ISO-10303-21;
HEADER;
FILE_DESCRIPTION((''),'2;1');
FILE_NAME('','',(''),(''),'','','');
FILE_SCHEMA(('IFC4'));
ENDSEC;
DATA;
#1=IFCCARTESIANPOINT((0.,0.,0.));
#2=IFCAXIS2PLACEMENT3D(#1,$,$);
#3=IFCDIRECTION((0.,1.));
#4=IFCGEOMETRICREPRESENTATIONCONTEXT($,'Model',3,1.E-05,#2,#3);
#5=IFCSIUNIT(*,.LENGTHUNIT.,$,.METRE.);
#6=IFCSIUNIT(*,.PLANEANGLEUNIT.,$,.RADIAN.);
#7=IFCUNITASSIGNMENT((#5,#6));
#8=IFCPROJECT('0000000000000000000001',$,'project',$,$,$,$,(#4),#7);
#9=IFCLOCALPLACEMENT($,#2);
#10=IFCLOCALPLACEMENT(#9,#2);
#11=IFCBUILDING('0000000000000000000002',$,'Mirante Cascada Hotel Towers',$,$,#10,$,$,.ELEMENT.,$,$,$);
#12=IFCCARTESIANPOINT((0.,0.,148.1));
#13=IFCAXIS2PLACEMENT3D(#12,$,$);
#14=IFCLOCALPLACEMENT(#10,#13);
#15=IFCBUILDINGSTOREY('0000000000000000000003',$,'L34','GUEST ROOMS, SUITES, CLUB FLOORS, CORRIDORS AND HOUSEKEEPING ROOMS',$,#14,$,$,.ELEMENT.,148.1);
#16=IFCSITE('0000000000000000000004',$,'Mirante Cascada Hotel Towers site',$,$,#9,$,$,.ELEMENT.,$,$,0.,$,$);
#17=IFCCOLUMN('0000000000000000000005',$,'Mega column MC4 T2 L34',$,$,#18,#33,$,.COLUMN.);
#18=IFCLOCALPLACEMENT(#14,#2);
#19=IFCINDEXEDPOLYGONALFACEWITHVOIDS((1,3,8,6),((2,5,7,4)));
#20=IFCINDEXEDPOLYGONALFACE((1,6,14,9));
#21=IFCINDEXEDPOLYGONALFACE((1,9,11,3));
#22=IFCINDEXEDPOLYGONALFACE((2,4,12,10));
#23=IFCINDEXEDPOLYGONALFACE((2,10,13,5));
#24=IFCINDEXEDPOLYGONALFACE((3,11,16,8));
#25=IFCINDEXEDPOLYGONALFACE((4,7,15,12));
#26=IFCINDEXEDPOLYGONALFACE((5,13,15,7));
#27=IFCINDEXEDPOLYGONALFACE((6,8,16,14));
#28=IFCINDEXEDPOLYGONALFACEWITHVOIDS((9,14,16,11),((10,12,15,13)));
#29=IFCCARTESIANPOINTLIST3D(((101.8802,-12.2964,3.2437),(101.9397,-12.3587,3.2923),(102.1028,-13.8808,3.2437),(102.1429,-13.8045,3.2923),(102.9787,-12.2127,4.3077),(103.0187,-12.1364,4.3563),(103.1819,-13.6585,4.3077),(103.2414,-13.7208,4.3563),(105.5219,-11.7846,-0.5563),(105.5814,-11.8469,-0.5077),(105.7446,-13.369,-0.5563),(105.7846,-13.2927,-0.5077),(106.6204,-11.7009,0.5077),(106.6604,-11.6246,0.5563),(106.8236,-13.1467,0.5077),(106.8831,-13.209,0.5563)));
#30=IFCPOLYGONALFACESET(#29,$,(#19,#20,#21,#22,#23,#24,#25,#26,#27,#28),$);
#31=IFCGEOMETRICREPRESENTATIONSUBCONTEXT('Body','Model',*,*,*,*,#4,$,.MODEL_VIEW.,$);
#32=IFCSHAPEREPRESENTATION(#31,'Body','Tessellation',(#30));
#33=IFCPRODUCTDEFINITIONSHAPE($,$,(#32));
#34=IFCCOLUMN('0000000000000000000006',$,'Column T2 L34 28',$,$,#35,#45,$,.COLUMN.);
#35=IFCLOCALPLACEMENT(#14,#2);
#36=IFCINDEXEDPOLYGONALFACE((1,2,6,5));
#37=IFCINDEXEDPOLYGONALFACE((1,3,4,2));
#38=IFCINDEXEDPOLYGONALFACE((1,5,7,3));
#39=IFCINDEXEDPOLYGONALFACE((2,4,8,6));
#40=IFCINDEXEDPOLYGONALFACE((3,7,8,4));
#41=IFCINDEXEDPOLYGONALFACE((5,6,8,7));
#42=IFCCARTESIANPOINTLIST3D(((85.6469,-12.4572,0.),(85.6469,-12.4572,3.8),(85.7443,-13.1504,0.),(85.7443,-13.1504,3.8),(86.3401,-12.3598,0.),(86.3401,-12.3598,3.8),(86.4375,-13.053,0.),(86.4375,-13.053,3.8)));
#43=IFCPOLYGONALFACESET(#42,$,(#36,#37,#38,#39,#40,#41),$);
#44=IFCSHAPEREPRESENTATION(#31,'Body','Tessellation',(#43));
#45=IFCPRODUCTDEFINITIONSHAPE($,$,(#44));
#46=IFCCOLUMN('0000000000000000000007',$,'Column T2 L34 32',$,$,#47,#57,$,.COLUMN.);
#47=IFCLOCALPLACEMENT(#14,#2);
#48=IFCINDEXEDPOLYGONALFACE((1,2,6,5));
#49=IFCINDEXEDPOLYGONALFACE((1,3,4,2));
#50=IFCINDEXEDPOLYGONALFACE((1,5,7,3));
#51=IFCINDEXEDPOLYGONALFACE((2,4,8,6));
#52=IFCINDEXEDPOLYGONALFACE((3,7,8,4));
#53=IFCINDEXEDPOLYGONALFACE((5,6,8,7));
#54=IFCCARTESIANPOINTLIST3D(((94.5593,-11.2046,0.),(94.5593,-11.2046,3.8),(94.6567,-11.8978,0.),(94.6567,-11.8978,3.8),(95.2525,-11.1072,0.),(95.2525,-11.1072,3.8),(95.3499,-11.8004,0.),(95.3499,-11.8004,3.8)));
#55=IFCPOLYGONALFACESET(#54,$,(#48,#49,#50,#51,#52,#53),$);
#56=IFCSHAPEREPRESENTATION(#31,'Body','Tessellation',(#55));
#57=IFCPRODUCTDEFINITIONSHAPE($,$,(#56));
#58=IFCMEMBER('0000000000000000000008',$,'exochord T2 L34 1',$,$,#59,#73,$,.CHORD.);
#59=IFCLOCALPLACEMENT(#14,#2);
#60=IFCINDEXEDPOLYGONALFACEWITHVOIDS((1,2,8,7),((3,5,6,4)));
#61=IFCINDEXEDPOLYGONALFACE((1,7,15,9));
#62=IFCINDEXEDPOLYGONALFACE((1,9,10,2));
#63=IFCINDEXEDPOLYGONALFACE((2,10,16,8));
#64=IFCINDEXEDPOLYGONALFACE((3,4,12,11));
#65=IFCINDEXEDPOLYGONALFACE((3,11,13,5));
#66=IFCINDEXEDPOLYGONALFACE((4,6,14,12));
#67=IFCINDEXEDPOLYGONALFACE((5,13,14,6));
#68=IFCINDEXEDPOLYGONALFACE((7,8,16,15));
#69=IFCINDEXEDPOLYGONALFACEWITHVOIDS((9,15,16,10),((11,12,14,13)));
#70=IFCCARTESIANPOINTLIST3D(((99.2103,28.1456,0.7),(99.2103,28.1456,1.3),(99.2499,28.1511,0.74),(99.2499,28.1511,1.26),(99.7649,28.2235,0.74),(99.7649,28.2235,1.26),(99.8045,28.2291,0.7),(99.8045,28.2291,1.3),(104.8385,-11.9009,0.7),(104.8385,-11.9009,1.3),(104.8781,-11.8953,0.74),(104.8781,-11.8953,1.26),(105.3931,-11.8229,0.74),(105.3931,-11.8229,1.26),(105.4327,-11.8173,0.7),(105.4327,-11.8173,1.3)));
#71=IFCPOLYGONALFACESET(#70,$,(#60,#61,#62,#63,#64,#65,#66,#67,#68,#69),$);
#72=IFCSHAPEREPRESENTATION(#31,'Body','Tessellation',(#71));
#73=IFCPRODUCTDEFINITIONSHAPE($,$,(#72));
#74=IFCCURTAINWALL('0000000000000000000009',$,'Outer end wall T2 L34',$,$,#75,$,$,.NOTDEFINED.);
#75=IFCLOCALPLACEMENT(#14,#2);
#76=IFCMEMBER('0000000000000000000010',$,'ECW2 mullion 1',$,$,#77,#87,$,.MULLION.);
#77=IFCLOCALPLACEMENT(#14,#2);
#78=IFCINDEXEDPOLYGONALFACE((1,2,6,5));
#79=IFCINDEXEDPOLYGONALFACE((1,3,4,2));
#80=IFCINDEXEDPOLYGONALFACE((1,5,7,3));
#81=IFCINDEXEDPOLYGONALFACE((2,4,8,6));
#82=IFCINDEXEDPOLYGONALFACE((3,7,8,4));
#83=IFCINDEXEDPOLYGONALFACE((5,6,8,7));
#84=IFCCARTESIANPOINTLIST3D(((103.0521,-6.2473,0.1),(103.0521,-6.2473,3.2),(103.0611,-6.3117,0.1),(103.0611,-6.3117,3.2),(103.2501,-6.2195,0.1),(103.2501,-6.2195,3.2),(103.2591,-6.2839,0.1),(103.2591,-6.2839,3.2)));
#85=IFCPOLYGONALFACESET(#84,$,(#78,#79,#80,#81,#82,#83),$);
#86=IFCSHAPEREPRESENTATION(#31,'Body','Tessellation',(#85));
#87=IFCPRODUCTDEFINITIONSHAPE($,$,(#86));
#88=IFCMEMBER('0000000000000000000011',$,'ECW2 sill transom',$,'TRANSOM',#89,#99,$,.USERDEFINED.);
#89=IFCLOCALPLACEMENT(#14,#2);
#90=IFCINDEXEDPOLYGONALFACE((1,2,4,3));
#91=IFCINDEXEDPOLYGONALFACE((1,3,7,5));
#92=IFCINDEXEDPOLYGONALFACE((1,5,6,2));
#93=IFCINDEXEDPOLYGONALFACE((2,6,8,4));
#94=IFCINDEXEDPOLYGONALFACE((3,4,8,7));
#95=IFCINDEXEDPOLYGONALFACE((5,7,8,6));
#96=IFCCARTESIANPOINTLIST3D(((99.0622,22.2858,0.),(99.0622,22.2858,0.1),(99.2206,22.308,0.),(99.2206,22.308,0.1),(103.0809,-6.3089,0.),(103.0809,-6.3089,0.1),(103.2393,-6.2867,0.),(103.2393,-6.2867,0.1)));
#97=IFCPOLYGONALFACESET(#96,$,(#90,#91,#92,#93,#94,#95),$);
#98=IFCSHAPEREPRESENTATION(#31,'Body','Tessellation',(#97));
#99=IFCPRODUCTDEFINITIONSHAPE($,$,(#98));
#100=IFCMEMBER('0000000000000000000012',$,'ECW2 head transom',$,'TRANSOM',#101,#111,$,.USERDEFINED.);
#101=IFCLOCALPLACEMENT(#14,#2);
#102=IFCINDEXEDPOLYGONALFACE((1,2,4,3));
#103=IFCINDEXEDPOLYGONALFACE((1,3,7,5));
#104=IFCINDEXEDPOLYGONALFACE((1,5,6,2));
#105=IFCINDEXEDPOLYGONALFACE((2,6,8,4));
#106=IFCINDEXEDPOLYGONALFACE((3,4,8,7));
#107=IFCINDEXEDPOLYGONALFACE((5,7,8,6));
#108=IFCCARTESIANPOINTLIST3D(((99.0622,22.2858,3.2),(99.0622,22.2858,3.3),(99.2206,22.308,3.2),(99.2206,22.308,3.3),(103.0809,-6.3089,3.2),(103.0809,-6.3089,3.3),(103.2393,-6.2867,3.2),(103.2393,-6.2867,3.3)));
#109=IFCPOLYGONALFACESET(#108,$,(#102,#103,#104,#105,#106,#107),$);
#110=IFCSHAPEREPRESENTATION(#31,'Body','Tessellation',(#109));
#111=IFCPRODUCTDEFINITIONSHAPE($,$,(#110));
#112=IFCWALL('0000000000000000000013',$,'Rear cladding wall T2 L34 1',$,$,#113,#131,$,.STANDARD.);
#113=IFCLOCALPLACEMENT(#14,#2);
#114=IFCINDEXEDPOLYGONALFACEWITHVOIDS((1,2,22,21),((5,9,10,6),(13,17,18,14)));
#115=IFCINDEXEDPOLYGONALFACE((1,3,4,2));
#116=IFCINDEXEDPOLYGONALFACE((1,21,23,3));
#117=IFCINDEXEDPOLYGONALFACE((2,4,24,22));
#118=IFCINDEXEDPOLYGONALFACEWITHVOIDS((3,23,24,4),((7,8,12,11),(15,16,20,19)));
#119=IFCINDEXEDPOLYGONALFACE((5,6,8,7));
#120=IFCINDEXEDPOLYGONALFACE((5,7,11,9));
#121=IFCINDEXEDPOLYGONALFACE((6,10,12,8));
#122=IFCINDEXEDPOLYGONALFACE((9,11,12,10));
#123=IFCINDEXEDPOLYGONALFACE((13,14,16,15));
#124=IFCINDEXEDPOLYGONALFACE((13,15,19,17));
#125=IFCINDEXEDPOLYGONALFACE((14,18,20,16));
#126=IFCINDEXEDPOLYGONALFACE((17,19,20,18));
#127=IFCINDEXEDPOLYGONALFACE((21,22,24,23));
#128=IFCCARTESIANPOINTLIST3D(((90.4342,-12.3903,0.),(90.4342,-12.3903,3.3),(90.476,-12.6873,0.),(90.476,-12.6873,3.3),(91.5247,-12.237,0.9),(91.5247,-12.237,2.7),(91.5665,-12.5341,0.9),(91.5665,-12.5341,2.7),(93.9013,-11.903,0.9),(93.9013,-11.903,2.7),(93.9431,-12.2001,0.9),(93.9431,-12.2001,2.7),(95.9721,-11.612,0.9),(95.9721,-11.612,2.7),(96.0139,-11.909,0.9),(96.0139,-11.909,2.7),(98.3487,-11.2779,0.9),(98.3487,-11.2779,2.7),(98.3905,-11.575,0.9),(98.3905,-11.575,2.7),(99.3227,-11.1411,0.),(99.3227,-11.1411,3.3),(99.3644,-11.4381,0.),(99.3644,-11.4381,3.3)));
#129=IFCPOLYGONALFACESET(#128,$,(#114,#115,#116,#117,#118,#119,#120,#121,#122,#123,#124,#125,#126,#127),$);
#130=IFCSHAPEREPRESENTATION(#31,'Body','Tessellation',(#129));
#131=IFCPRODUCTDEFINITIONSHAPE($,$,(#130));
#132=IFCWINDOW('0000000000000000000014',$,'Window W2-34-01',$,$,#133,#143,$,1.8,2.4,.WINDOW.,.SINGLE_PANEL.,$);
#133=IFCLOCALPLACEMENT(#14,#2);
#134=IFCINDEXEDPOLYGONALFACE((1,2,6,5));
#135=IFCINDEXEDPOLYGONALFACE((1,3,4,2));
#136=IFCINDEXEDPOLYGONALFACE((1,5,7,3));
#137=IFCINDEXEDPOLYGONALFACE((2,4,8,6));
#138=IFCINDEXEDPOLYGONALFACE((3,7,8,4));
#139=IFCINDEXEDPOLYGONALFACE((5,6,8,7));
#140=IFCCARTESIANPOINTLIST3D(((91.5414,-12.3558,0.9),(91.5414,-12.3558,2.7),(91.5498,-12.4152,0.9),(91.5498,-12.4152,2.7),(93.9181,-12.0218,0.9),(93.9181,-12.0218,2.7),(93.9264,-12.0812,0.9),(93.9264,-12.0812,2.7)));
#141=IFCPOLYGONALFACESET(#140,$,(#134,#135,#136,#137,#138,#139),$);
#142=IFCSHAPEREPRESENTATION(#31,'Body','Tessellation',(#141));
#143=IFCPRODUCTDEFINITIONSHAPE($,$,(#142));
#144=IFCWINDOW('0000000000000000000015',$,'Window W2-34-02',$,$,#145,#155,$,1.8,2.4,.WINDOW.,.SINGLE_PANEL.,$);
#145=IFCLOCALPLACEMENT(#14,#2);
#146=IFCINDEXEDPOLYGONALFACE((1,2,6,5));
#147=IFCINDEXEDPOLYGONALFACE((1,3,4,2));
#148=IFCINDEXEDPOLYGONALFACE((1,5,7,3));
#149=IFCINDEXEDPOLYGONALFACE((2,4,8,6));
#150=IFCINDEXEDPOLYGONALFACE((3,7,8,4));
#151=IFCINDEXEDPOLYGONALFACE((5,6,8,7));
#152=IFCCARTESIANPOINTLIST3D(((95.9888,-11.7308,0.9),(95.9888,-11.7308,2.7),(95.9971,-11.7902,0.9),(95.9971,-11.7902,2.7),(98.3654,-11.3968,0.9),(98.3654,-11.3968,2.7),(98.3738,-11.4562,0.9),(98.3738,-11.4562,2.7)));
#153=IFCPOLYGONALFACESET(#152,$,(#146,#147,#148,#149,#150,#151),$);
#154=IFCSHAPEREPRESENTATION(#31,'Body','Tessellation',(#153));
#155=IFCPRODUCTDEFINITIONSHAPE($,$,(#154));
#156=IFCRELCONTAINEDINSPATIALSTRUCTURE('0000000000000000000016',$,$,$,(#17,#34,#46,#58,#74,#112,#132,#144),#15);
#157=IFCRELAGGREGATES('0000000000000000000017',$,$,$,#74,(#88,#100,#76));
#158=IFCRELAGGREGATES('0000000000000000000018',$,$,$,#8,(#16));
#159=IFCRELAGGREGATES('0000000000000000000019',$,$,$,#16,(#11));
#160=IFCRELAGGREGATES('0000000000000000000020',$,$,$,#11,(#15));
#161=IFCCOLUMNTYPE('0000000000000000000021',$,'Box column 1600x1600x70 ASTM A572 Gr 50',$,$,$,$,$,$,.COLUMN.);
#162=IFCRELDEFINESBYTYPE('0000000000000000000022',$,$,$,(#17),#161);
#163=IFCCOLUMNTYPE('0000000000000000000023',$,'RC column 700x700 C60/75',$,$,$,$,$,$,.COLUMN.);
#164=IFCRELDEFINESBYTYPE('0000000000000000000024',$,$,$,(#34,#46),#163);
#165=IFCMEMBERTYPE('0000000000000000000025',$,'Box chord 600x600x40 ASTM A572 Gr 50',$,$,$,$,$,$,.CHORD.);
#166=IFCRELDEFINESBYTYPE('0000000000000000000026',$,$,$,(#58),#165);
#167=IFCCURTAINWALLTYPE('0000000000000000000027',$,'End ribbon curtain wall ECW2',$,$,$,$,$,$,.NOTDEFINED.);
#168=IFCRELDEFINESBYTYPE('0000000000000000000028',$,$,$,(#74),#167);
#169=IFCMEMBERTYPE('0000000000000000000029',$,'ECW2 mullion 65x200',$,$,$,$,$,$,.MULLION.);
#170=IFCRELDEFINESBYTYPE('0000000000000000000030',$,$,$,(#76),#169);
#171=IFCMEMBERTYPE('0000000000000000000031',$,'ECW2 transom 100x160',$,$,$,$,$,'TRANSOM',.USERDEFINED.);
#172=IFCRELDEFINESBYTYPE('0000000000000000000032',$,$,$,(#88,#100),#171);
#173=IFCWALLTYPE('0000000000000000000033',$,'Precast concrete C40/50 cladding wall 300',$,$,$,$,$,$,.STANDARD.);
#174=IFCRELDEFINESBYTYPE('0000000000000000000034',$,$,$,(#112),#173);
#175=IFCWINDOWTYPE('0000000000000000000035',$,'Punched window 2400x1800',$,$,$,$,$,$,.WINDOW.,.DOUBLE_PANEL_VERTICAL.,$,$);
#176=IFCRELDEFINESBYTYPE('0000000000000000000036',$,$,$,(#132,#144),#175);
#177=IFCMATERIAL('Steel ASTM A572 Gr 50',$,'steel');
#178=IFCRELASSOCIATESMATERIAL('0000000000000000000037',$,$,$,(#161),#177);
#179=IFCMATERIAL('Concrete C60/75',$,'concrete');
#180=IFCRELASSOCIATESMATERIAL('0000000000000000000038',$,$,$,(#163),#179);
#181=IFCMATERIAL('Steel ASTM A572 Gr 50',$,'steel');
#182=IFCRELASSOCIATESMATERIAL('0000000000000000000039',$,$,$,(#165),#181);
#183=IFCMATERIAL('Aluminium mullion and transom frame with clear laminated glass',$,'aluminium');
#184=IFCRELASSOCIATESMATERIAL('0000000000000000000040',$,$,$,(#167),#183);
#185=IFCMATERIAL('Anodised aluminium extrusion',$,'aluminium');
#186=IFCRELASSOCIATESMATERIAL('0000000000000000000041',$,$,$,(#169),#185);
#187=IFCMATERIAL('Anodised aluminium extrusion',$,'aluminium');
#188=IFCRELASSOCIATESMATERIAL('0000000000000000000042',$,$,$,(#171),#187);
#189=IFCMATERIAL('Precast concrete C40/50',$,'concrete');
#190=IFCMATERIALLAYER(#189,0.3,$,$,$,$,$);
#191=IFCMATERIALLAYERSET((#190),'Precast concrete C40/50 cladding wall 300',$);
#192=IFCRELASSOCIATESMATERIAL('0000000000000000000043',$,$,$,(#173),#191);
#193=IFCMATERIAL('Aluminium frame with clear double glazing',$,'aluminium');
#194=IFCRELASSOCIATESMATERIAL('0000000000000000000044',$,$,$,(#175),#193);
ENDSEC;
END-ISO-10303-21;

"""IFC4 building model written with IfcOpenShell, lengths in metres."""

from ifc_helpers import new_model, si_unit, direction, frame, frame_2d, origin, origin_2d, place, context, subcontext, project, spatial, rectangle, hollow_rectangle, extrude, material, layer, layer_set, material_profile, profile_set, type_object, element, fill, aggregate, save


model = new_model("IFC4")

# Units and contexts
model_context = context("Model", 3, precision=1e-05, world=origin(), true_north=direction((0.0, 1.0)))
body_context = subcontext(model_context, "Body", "Model", "MODEL_VIEW")
ifc_project = project(units=[si_unit("LENGTHUNIT", "METRE"), si_unit("PLANEANGLEUNIT", "RADIAN")], contexts=[model_context])

# Site, building, storey
site_placement = place(None, origin())
site = spatial("IfcSite", under=ifc_project, at=site_placement, Name="Mirante Cascada Hotel Towers site", CompositionType="ELEMENT", RefElevation=0.0)
building_placement = place(site_placement, origin())
building = spatial("IfcBuilding", under=site, at=building_placement, Name="Mirante Cascada Hotel Towers", CompositionType="ELEMENT")
storey_placement = place(building_placement, frame((0.0, 0.0, 148.1)))
storey = spatial("IfcBuildingStorey", under=building, at=storey_placement, Name="L34", Description="GUEST ROOMS, SUITES, CLUB FLOORS, CORRIDORS AND HOUSEKEEPING ROOMS", CompositionType="ELEMENT", Elevation=148.1)

# Columns
ifc_material_1 = material(Name="Steel ASTM A572 Gr 50", Category="steel")
ifc_material_profile_1 = material_profile(ifc_material_1, hollow_rectangle(XDim=1.6, YDim=1.6, WallThickness=0.07, at=origin_2d()), Name="Box column 1600x1600x70 ASTM A572 Gr 50")
ifc_profile_set_1 = profile_set([ifc_material_profile_1], Name="Steel ASTM A572 Gr 50")
column_type_1 = type_object("IfcColumnType", Name="Box column 1600x1600x70 ASTM A572 Gr 50", PredefinedType="COLUMN", material=ifc_profile_set_1)
column_placement = place(storey_placement, frame((106.2025, -12.4968, 0.0), z_axis=(-0.688661, -0.096783, 0.718596), x_axis=(0.139171, -0.990268, 0.0)))
element("IfcColumn", 1, at=column_placement, inside=storey, type_object=column_type_1, Name="Mega column MC4 T2 L34", PredefinedType="COLUMN", context=body_context, shape_type="SweptSolid", body=[
    extrude(hollow_rectangle(XDim=1.6, YDim=1.6, WallThickness=0.07, at=origin_2d()), origin(), (0.0, 0.0, 1.0), 5.2881),
])
ifc_material_2 = material(Name="Concrete C60/75", Category="concrete")
ifc_material_profile_2 = material_profile(ifc_material_2, rectangle(XDim=0.7, YDim=0.7, at=origin_2d()), Name="RC column 700x700 C60/75")
ifc_profile_set_2 = profile_set([ifc_material_profile_2], Name="Concrete C60/75")
column_type_2 = type_object("IfcColumnType", Name="RC column 700x700 C60/75", PredefinedType="COLUMN", material=ifc_profile_set_2)
for number, where, z_axis, x_axis, name in (
    (2, (86.0422, -12.7551, 0.0), (0.0, 0.0, 1.0), (0.990268, 0.139173, 0.0), "Column T2 L34 28"),
    (3, (94.9546, -11.5025, 0.0), (0.0, 0.0, 1.0), (0.990268, 0.139173, 0.0), "Column T2 L34 32"),
):
    element("IfcColumn", number, at=place(storey_placement, frame(where, z_axis=z_axis, x_axis=x_axis)), inside=storey, type_object=column_type_2, Name=name, PredefinedType="COLUMN", context=body_context, shape_type="SweptSolid", body=[
        extrude(rectangle(XDim=0.7, YDim=0.7, at=origin_2d()), origin(), (0.0, 0.0, 1.0), 3.8),
    ])

# Member
ifc_material_3 = material(Name="Steel ASTM A572 Gr 50", Category="steel")
ifc_material_profile_3 = material_profile(ifc_material_3, hollow_rectangle(XDim=0.6, YDim=0.6, WallThickness=0.04, at=origin_2d()), Name="Box chord 600x600x40 ASTM A572 Gr 50")
ifc_profile_set_3 = profile_set([ifc_material_profile_3], Name="Steel ASTM A572 Gr 50")
member_type_1 = type_object("IfcMemberType", Name="Box chord 600x600x40 ASTM A572 Gr 50", PredefinedType="CHORD", material=ifc_profile_set_3)
member_1_placement = place(storey_placement, frame((105.1356, -11.8591, 1.0), z_axis=(-0.139174, 0.990268, 0.0), x_axis=(-0.990268, -0.139174, 0.0)))
element("IfcMember", 4, at=member_1_placement, inside=storey, type_object=member_type_1, Name="exochord T2 L34 1", PredefinedType="CHORD", context=body_context, shape_type="SweptSolid", body=[
    extrude(hollow_rectangle(XDim=0.6, YDim=0.6, WallThickness=0.04, at=origin_2d()), origin(), (0.0, 0.0, 1.0), 40.44),
])

# Curtain wall, members
ifc_material_4 = material(Name="Aluminium mullion and transom frame with clear laminated glass", Category="aluminium")
curtain_wall_type = type_object("IfcCurtainWallType", Name="End ribbon curtain wall ECW2", PredefinedType="NOTDEFINED", material=ifc_material_4)
curtain_wall_placement = place(storey_placement, origin())
curtain_wall = element("IfcCurtainWall", 5, at=curtain_wall_placement, inside=storey, type_object=curtain_wall_type, Name="Outer end wall T2 L34", PredefinedType="NOTDEFINED")
ifc_material_5 = material(Name="Anodised aluminium extrusion", Category="aluminium")
ifc_material_profile_4 = material_profile(ifc_material_5, rectangle(XDim=0.2, YDim=0.065, at=origin_2d()), Name="ECW2 MULLION 65x200")
ifc_profile_set_4 = profile_set([ifc_material_profile_4], Name="Anodised aluminium extrusion")
member_type_2 = type_object("IfcMemberType", Name="ECW2 mullion 65x200", PredefinedType="MULLION", material=ifc_profile_set_4)
member_2_placement = place(storey_placement, frame((103.1556, -6.2656, 0.1), z_axis=(0.0, 0.0, 1.0), x_axis=(-0.990268, -0.139173, 0.0)))
member_2 = element("IfcMember", 6, at=member_2_placement, type_object=member_type_2, Name="ECW2 mullion 1", PredefinedType="MULLION", context=body_context, shape_type="SweptSolid", body=[
    extrude(rectangle(XDim=0.2, YDim=0.065, at=origin_2d()), origin(), (0.0, 0.0, 1.0), 3.1),
])
ifc_material_6 = material(Name="Anodised aluminium extrusion", Category="aluminium")
ifc_material_profile_5 = material_profile(ifc_material_6, rectangle(XDim=0.16, YDim=0.1, at=origin_2d()), Name="ECW2 TRANSOM 100x160")
ifc_profile_set_5 = profile_set([ifc_material_profile_5], Name="Anodised aluminium extrusion")
member_type_3 = type_object("IfcMemberType", Name="ECW2 transom 100x160", ElementType="TRANSOM", PredefinedType="USERDEFINED", material=ifc_profile_set_5)
member_3_placement = place(storey_placement, frame((103.1601, -6.2978, 0.05), z_axis=(-0.139172, 0.990268, 0.0), x_axis=(-0.990268, -0.139172, 0.0)))
member_3 = element("IfcMember", 7, at=member_3_placement, type_object=member_type_3, Name="ECW2 sill transom", ObjectType="TRANSOM", PredefinedType="USERDEFINED", context=body_context, shape_type="SweptSolid", body=[
    extrude(rectangle(XDim=0.16, YDim=0.1, at=origin_2d()), origin(), (0.0, 0.0, 1.0), 28.8757),
])
member_4_placement = place(storey_placement, frame((103.1601, -6.2978, 3.25), z_axis=(-0.139172, 0.990268, 0.0), x_axis=(-0.990268, -0.139172, 0.0)))
member_4 = element("IfcMember", 8, at=member_4_placement, type_object=member_type_3, Name="ECW2 head transom", ObjectType="TRANSOM", PredefinedType="USERDEFINED", context=body_context, shape_type="SweptSolid", body=[
    extrude(rectangle(XDim=0.16, YDim=0.1, at=origin_2d()), origin(), (0.0, 0.0, 1.0), 28.8757),
])
aggregate(curtain_wall, [member_3, member_4, member_2])

# Wall, openings, windows
ifc_material_7 = material(Name="Precast concrete C40/50", Category="concrete")
ifc_layer_1 = layer(ifc_material_7, 0.3)
ifc_layer_set_1 = layer_set([ifc_layer_1], Name="Precast concrete C40/50 cladding wall 300")
wall_type_1 = type_object("IfcWallType", Name="Precast concrete C40/50 cladding wall 300", PredefinedType="STANDARD", material=ifc_layer_set_1)
wall_1_placement = place(storey_placement, frame((90.4551, -12.5388, 0.0), z_axis=(0.0, 0.0, 1.0), x_axis=(0.990268, 0.139175, 0.0)))
wall_1 = element("IfcWall", 9, at=wall_1_placement, inside=storey, type_object=wall_type_1, Name="Rear cladding wall T2 L34 1", PredefinedType="STANDARD", context=body_context, shape_type="SweptSolid", body=[
    extrude(rectangle(XDim=8.9758, YDim=0.3, at=frame_2d((4.4879, 0.0))), origin(), (0.0, 0.0, 1.0), 3.3),
])
opening_1_placement = place(wall_1_placement, frame((1.1012, 0.0, 0.9)))
opening_1 = element("IfcOpeningElement", 10, at=opening_1_placement, cuts=wall_1, PredefinedType="OPENING", context=body_context, shape_type="SweptSolid", body=[
    extrude(rectangle(XDim=2.4, YDim=1.8, at=frame_2d((1.2, 0.9))), frame((0.0, 0.15, 0.0), z_axis=(0.0, -1.0, 0.0), x_axis=(1.0, 0.0, 0.0)), (0.0, 0.0, 1.0), 0.3),
])
opening_2_placement = place(wall_1_placement, frame((5.5923, 0.0, 0.9)))
opening_2 = element("IfcOpeningElement", 11, at=opening_2_placement, cuts=wall_1, PredefinedType="OPENING", context=body_context, shape_type="SweptSolid", body=[
    extrude(rectangle(XDim=2.4, YDim=1.8, at=frame_2d((1.2, 0.9))), frame((0.0, 0.15, 0.0), z_axis=(0.0, -1.0, 0.0), x_axis=(1.0, 0.0, 0.0)), (0.0, 0.0, 1.0), 0.3),
])
ifc_material_8 = material(Name="Aluminium frame with clear double glazing", Category="aluminium")
window_type_1 = type_object("IfcWindowType", Name="Punched window 2400x1800", PartitioningType="DOUBLE_PANEL_VERTICAL", PredefinedType="WINDOW", material=ifc_material_8)
window_1_placement = place(opening_1_placement, origin())
window_1 = element("IfcWindow", 12, at=window_1_placement, inside=storey, type_object=window_type_1, Name="Window W2-34-01", OverallHeight=1.8, OverallWidth=2.4, PartitioningType="SINGLE_PANEL", PredefinedType="WINDOW", context=body_context, shape_type="SweptSolid", body=[
    extrude(rectangle(XDim=2.4, YDim=1.8, at=frame_2d((1.2, 0.9))), frame((0.0, 0.03, 0.0), z_axis=(0.0, -1.0, 0.0), x_axis=(1.0, 0.0, 0.0)), (0.0, 0.0, 1.0), 0.06),
])
fill(opening_1, window_1)
window_2_placement = place(opening_2_placement, origin())
window_2 = element("IfcWindow", 13, at=window_2_placement, inside=storey, type_object=window_type_1, Name="Window W2-34-02", OverallHeight=1.8, OverallWidth=2.4, PartitioningType="SINGLE_PANEL", PredefinedType="WINDOW", context=body_context, shape_type="SweptSolid", body=[
    extrude(rectangle(XDim=2.4, YDim=1.8, at=frame_2d((1.2, 0.9))), frame((0.0, 0.03, 0.0), z_axis=(0.0, -1.0, 0.0), x_axis=(1.0, 0.0, 0.0)), (0.0, 0.0, 1.0), 0.06),
])
fill(opening_2, window_2)

save(model, "model.ifc")
